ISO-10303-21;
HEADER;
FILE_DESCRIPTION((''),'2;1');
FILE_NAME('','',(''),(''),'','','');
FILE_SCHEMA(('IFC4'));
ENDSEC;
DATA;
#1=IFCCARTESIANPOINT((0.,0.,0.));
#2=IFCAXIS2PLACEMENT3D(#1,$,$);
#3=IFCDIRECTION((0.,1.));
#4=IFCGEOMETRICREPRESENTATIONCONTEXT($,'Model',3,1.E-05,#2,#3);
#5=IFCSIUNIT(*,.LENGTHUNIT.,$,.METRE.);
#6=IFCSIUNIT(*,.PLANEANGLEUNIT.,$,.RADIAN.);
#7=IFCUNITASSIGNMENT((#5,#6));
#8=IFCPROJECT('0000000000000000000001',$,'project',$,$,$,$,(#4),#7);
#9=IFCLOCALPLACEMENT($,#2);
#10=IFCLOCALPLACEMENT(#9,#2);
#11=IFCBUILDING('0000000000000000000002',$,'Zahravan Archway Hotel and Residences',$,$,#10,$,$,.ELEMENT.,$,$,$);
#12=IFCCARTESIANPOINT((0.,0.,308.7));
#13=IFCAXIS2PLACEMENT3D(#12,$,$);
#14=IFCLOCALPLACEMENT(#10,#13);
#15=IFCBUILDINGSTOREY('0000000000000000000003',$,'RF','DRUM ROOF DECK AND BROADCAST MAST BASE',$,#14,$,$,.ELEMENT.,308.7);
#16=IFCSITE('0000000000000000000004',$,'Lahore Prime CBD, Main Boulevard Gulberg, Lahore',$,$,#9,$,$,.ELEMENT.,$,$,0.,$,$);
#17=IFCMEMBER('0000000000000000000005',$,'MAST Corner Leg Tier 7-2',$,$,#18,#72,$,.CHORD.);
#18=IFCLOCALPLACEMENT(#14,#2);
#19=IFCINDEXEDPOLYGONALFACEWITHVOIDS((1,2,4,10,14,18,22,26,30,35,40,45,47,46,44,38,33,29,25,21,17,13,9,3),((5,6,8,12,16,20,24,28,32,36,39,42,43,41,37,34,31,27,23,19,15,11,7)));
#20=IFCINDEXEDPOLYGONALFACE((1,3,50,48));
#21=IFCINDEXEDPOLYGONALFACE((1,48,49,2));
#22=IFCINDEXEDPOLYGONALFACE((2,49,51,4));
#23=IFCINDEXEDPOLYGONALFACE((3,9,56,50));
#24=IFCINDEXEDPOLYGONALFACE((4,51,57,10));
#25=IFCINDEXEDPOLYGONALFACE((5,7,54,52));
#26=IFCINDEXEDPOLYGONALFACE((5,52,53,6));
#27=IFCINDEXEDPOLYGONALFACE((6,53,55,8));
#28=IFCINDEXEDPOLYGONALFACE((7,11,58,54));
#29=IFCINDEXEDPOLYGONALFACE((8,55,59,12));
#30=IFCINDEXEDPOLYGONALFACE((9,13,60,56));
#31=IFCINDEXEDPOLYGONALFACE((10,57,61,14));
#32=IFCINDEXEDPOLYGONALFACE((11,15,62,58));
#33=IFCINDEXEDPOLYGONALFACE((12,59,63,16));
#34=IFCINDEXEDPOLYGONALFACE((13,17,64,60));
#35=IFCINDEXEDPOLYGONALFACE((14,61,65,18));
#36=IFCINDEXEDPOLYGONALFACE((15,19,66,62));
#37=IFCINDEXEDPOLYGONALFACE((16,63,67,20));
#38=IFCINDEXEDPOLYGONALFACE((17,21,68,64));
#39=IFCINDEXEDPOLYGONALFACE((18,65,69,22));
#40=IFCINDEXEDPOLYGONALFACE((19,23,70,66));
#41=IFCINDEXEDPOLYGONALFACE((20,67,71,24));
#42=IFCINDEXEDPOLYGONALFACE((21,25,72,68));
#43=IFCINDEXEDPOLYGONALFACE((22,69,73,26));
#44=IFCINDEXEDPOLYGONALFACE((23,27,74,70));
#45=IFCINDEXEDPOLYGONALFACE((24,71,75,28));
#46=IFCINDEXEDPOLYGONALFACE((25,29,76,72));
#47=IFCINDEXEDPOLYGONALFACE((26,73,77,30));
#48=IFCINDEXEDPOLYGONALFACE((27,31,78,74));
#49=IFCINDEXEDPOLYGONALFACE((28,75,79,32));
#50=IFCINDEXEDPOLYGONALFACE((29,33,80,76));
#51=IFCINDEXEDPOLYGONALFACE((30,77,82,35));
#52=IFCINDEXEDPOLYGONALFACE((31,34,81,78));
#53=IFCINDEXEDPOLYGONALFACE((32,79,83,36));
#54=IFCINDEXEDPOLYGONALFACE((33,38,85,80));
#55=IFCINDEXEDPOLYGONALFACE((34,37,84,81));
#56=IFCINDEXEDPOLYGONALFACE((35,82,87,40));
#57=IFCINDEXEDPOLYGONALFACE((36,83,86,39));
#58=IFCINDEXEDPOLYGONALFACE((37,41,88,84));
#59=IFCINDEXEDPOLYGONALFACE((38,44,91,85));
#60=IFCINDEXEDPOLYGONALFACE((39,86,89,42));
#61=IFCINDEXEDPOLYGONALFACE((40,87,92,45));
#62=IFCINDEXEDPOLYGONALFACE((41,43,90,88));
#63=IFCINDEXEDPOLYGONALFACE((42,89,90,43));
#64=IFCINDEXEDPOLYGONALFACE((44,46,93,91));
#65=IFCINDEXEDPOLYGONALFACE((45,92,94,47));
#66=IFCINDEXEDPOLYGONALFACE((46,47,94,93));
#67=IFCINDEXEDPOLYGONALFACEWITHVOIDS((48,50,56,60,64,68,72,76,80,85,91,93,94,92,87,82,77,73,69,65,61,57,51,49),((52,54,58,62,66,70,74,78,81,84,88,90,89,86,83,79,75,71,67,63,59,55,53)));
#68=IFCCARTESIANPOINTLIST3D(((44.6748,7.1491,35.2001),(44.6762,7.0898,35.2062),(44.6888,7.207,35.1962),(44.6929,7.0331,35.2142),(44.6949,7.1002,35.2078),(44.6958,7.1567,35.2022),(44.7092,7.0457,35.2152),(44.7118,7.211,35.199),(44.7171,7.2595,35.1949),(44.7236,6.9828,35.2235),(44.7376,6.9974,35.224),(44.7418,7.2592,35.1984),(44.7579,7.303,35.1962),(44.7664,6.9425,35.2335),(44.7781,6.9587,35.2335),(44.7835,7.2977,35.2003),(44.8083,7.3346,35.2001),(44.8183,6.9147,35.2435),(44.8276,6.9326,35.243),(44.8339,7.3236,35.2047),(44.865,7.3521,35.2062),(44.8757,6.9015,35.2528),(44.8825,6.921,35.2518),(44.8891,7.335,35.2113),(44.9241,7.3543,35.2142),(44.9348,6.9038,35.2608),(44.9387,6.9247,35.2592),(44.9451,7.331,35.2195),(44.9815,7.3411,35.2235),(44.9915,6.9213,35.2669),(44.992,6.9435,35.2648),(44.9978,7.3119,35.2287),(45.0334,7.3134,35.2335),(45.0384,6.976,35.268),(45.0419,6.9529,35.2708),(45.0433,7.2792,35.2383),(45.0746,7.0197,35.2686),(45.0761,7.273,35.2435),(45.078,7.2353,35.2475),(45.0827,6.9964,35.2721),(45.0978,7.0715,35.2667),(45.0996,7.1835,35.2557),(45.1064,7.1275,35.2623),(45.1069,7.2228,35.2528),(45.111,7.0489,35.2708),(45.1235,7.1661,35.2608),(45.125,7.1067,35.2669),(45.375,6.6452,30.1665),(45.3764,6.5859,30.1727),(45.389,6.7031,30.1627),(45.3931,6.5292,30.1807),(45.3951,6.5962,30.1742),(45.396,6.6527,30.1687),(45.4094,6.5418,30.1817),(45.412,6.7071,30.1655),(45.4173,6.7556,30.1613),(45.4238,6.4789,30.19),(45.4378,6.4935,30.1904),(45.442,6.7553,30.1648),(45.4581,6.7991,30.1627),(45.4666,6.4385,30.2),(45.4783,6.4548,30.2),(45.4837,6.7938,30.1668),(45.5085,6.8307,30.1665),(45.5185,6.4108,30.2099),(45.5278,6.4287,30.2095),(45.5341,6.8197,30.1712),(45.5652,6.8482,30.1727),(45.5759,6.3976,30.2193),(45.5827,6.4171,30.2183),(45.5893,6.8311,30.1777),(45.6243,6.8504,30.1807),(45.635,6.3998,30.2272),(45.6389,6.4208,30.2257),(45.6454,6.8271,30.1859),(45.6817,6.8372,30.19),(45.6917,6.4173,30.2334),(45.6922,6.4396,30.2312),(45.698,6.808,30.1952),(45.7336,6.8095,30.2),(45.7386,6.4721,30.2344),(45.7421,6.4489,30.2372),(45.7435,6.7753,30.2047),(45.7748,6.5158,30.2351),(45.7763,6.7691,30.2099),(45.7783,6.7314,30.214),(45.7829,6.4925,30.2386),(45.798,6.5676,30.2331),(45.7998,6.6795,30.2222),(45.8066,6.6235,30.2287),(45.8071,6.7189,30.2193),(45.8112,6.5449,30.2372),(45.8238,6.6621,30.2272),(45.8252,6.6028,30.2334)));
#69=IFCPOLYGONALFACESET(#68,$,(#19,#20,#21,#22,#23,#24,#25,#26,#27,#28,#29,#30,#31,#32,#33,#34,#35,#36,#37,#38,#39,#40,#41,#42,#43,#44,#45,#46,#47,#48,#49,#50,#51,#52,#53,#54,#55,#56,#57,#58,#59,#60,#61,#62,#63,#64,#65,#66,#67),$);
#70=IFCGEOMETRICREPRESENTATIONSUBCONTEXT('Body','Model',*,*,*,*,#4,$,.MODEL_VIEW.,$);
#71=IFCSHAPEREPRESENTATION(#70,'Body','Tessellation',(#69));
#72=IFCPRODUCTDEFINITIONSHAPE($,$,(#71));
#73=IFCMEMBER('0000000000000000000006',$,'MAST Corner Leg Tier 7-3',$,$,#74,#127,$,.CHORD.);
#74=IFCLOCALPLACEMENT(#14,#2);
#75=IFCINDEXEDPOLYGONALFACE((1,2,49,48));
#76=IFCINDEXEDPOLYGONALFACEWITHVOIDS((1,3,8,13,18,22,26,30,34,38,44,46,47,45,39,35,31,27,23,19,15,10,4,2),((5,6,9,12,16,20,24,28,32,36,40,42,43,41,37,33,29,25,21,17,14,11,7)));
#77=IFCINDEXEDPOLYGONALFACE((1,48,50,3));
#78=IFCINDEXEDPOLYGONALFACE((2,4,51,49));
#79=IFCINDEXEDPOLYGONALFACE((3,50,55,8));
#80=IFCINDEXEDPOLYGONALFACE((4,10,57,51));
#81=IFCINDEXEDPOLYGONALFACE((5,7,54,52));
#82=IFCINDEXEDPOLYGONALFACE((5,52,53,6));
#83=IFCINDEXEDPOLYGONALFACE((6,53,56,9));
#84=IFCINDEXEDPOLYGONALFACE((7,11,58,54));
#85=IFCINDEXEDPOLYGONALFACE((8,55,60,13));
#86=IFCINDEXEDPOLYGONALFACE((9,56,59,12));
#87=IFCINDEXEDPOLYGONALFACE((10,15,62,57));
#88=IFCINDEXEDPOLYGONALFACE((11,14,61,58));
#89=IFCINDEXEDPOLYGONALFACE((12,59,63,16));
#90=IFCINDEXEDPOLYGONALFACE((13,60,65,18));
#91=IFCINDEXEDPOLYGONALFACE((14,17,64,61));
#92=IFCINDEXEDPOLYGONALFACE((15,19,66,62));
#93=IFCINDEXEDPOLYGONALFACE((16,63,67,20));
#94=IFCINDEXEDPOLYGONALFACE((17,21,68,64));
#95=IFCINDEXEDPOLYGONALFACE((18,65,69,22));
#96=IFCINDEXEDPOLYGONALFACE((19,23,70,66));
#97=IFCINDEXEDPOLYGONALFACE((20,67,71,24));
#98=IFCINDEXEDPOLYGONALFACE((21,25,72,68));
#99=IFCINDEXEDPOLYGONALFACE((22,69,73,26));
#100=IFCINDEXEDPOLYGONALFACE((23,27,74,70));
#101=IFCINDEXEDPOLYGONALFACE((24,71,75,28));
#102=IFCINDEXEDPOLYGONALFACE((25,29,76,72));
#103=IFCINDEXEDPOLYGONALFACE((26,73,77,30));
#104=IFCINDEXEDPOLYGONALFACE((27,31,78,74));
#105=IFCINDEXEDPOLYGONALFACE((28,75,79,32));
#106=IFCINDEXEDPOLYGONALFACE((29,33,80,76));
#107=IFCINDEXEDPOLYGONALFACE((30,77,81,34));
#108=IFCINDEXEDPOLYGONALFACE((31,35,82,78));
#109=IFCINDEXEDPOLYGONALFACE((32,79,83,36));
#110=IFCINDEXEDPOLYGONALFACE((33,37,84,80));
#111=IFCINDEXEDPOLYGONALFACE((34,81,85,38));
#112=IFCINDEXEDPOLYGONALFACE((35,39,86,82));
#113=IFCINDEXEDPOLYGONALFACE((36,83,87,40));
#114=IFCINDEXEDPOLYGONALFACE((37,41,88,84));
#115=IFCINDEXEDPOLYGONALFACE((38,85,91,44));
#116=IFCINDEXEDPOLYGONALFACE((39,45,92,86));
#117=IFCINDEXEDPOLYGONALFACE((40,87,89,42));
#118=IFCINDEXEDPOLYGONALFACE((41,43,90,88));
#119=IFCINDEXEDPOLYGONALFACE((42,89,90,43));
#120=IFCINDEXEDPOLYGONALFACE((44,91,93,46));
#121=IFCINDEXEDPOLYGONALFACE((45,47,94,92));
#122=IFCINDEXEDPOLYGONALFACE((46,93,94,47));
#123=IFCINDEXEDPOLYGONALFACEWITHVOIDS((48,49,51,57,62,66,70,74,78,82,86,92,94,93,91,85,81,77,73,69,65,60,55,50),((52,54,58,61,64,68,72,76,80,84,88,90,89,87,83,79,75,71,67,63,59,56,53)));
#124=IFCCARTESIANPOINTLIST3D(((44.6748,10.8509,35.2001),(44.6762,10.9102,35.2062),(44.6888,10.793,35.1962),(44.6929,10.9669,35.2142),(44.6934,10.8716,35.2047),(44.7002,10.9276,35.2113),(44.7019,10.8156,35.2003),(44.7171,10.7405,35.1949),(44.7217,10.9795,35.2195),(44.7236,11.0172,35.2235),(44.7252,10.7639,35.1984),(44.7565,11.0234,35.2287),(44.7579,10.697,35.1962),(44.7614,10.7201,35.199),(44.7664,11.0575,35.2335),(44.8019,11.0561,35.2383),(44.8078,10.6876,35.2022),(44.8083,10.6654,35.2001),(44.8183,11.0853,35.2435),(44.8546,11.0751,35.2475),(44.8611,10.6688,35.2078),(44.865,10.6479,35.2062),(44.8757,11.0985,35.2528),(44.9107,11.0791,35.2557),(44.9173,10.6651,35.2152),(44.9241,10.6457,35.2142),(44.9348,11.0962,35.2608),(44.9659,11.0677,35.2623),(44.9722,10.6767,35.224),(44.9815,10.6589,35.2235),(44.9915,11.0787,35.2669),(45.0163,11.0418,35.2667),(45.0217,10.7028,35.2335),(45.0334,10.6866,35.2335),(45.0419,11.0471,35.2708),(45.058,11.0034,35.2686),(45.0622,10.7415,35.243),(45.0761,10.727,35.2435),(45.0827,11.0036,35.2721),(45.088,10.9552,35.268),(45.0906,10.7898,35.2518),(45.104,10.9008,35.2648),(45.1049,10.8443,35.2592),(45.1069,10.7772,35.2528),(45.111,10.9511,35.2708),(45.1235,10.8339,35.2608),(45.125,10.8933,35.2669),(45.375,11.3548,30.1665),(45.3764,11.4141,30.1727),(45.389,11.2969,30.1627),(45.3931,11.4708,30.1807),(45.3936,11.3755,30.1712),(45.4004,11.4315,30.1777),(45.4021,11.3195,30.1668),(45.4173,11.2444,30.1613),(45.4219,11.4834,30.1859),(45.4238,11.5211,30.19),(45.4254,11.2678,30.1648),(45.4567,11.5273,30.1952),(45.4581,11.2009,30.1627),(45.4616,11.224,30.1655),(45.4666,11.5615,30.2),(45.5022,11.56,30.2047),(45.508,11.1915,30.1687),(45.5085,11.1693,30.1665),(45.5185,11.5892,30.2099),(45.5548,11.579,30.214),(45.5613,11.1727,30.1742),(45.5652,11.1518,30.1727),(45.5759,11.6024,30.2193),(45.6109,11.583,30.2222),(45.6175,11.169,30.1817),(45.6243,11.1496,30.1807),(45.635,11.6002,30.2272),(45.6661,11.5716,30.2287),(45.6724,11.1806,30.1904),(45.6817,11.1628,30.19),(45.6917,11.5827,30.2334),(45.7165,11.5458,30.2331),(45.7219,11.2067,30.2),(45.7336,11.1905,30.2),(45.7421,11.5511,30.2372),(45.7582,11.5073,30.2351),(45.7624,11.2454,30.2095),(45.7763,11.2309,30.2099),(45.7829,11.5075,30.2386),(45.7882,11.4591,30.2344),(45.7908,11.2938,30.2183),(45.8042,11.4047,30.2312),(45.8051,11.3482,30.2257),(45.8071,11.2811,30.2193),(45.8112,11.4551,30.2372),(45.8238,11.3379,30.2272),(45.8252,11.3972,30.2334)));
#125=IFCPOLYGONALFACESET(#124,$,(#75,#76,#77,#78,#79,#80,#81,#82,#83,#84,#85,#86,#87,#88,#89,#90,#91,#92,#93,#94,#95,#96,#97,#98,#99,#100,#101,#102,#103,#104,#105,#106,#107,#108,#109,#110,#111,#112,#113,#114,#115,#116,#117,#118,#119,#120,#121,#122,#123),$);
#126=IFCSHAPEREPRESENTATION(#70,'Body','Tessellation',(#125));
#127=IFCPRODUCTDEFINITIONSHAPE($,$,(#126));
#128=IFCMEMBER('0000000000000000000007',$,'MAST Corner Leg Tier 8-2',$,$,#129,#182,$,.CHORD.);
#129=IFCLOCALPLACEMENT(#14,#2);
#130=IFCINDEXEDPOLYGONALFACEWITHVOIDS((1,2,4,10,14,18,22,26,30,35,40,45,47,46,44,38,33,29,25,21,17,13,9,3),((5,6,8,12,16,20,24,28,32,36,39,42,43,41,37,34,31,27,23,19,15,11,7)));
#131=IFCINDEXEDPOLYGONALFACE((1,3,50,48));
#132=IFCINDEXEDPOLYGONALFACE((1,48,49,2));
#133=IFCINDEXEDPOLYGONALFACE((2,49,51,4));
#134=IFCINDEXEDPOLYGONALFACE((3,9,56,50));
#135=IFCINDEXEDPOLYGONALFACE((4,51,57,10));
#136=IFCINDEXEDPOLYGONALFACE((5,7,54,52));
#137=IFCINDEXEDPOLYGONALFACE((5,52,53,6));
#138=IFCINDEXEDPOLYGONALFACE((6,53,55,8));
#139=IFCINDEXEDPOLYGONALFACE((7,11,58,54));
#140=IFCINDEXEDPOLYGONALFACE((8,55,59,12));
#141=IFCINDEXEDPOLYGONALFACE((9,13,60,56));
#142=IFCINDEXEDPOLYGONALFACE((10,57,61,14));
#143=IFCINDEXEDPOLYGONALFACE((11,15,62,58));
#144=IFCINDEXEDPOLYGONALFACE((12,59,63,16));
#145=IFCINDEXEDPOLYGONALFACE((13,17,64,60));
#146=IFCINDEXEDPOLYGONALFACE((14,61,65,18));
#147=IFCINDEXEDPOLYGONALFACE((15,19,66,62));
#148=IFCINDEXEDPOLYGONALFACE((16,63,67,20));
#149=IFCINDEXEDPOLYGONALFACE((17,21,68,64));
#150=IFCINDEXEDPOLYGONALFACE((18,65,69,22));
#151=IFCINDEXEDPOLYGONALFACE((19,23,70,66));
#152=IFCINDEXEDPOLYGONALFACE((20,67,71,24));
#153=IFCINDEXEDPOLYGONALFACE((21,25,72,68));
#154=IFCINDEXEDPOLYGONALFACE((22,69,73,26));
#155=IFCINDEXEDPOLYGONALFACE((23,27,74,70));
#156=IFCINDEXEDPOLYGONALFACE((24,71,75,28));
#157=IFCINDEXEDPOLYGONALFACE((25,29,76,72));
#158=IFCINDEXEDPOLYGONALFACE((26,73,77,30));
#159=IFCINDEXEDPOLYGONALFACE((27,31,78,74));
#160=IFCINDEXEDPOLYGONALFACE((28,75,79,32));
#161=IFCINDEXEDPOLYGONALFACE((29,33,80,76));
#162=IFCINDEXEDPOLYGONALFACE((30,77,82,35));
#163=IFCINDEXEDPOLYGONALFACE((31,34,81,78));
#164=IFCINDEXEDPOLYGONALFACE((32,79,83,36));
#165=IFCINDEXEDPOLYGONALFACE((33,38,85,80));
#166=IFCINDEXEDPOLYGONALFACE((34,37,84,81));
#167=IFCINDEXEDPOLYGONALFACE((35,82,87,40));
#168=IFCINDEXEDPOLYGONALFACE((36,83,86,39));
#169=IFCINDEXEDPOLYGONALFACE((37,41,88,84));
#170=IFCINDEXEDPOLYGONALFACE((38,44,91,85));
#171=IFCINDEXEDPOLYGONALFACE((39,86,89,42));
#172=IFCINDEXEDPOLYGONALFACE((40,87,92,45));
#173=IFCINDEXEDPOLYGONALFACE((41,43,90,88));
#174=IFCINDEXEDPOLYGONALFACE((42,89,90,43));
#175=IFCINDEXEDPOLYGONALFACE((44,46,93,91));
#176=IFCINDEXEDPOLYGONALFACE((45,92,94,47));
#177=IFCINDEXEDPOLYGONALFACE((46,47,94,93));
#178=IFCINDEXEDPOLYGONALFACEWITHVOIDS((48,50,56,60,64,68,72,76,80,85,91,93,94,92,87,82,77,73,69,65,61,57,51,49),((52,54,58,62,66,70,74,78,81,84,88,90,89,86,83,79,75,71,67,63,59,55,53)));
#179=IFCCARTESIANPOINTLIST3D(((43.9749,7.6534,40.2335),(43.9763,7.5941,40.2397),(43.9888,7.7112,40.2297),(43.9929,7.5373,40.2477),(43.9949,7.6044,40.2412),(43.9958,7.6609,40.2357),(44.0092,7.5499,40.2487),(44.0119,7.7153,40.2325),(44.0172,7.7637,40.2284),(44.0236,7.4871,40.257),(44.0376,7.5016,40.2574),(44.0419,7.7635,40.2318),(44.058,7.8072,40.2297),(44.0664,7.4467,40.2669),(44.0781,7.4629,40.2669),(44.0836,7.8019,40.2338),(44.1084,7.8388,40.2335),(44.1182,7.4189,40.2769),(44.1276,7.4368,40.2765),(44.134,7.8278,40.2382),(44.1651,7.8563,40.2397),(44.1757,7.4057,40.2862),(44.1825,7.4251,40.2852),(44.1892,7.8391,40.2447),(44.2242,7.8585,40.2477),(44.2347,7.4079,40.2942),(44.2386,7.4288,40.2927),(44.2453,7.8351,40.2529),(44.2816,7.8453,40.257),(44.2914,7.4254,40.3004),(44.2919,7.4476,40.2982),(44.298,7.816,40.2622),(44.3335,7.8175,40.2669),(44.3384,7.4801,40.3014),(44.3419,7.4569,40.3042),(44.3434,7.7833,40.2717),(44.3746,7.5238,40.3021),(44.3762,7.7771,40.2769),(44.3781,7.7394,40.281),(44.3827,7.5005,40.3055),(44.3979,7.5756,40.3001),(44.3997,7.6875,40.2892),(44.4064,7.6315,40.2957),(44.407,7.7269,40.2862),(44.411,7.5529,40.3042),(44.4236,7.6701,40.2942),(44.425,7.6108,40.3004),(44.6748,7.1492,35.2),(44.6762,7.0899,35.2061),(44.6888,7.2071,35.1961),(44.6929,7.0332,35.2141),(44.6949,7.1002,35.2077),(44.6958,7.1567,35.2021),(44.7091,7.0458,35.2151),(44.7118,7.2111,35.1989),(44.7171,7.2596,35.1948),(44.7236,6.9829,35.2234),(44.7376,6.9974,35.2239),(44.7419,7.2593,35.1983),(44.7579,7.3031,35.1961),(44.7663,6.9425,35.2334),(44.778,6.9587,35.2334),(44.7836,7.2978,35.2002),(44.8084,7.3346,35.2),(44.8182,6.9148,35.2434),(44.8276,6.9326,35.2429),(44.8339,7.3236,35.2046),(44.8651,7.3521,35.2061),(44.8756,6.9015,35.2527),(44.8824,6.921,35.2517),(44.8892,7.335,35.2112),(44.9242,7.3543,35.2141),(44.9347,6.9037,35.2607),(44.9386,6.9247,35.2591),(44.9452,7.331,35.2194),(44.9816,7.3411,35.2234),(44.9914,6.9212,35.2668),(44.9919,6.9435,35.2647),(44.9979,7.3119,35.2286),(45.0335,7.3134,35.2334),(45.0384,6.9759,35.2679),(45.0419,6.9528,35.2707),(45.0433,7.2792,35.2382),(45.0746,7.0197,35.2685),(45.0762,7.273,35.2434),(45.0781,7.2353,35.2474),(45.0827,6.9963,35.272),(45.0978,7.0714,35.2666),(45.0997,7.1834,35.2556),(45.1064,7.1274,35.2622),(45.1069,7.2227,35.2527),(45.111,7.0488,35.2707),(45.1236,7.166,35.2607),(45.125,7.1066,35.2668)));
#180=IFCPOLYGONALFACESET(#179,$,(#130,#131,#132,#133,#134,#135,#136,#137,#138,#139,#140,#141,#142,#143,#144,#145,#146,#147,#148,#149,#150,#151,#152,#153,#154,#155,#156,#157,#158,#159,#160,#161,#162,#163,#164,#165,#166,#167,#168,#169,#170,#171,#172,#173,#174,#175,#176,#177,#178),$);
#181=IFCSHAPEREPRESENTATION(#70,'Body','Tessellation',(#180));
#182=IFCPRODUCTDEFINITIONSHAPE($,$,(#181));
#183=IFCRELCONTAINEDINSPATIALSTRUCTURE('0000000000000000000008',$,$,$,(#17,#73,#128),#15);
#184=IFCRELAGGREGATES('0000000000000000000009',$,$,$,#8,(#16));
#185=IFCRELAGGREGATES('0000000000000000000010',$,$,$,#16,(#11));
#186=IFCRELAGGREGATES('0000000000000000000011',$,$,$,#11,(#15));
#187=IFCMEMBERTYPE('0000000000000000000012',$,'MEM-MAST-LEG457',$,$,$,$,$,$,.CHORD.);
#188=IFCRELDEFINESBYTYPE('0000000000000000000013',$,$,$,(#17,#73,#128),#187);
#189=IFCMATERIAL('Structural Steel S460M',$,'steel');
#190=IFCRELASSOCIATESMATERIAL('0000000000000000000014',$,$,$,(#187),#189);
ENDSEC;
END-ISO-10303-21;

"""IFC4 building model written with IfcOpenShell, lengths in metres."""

from ifc_helpers import new_model, si_unit, direction, frame, origin, origin_2d, place, context, subcontext, project, spatial, hollow_circle, extrude, source, transform, mapped, material, material_profile, profile_set, type_object, element, save


model = new_model("IFC4")

# Units and contexts
model_context = context("Model", 3, precision=1e-05, world=origin(), true_north=direction((0.0, 1.0)))
body_context = subcontext(model_context, "Body", "Model", "MODEL_VIEW")
ifc_project = project(units=[si_unit("LENGTHUNIT", "METRE"), si_unit("PLANEANGLEUNIT", "RADIAN")], contexts=[model_context])

# Site, building, storey
site_placement = place(None, origin())
site = spatial("IfcSite", under=ifc_project, at=site_placement, Name="Lahore Prime CBD, Main Boulevard Gulberg, Lahore", CompositionType="ELEMENT", RefElevation=0.0)
building_placement = place(site_placement, origin())
building = spatial("IfcBuilding", under=site, at=building_placement, Name="Zahravan Archway Hotel and Residences", CompositionType="ELEMENT")
storey_placement = place(building_placement, frame((0.0, 0.0, 308.7)))
storey = spatial("IfcBuildingStorey", under=building, at=storey_placement, Name="RF", Description="DRUM ROOF DECK AND BROADCAST MAST BASE", CompositionType="ELEMENT", Elevation=308.7)

# Members
ifc_material_1 = material(Name="Structural Steel S460M", Category="steel")
ifc_material_profile_1 = material_profile(ifc_material_1, hollow_circle(Radius=0.2285, WallThickness=0.02, at=origin_2d()), Name="CHS 457x20", Category="steel")
ifc_profile_set_1 = profile_set([ifc_material_profile_1], Name="Structural Steel S460M")
member_type_1 = type_object("IfcMemberType", Name="MEM-MAST-LEG457", PredefinedType="CHORD", material=ifc_profile_set_1)
shared_shape_1 = source(origin(), body_context, "Body", "SweptSolid", [
    extrude(hollow_circle(Radius=0.2285, WallThickness=0.02, at=origin_2d()), origin(), (0.0, 0.0, 1.0), 5.1069),
])
for number, where, z_axis, x_axis, name in (
    (1, (45.6001, 6.624, 30.2), (-0.137109, 0.098673, 0.985629), (-0.584126, -0.811663, 0.0), "MAST Corner Leg Tier 7-2"),
    (2, (45.6001, 11.376, 30.2), (-0.137109, -0.098673, 0.985629), (0.584126, -0.811663, 0.0), "MAST Corner Leg Tier 7-3"),
    (3, (44.8999, 7.1279, 35.2334), (-0.137062, 0.098721, 0.985631), (-0.584446, -0.811432, 0.0), "MAST Corner Leg Tier 8-2"),
):
    element("IfcMember", number, at=place(storey_placement, frame(where, z_axis=z_axis, x_axis=x_axis)), inside=storey, type_object=member_type_1, Name=name, PredefinedType="CHORD", context=body_context, shape_type="MappedRepresentation", body=[
        mapped(shared_shape_1, transform((0.0, 0.0, 0.0), scale=1.0)),
    ])

save(model, "model.ifc")
